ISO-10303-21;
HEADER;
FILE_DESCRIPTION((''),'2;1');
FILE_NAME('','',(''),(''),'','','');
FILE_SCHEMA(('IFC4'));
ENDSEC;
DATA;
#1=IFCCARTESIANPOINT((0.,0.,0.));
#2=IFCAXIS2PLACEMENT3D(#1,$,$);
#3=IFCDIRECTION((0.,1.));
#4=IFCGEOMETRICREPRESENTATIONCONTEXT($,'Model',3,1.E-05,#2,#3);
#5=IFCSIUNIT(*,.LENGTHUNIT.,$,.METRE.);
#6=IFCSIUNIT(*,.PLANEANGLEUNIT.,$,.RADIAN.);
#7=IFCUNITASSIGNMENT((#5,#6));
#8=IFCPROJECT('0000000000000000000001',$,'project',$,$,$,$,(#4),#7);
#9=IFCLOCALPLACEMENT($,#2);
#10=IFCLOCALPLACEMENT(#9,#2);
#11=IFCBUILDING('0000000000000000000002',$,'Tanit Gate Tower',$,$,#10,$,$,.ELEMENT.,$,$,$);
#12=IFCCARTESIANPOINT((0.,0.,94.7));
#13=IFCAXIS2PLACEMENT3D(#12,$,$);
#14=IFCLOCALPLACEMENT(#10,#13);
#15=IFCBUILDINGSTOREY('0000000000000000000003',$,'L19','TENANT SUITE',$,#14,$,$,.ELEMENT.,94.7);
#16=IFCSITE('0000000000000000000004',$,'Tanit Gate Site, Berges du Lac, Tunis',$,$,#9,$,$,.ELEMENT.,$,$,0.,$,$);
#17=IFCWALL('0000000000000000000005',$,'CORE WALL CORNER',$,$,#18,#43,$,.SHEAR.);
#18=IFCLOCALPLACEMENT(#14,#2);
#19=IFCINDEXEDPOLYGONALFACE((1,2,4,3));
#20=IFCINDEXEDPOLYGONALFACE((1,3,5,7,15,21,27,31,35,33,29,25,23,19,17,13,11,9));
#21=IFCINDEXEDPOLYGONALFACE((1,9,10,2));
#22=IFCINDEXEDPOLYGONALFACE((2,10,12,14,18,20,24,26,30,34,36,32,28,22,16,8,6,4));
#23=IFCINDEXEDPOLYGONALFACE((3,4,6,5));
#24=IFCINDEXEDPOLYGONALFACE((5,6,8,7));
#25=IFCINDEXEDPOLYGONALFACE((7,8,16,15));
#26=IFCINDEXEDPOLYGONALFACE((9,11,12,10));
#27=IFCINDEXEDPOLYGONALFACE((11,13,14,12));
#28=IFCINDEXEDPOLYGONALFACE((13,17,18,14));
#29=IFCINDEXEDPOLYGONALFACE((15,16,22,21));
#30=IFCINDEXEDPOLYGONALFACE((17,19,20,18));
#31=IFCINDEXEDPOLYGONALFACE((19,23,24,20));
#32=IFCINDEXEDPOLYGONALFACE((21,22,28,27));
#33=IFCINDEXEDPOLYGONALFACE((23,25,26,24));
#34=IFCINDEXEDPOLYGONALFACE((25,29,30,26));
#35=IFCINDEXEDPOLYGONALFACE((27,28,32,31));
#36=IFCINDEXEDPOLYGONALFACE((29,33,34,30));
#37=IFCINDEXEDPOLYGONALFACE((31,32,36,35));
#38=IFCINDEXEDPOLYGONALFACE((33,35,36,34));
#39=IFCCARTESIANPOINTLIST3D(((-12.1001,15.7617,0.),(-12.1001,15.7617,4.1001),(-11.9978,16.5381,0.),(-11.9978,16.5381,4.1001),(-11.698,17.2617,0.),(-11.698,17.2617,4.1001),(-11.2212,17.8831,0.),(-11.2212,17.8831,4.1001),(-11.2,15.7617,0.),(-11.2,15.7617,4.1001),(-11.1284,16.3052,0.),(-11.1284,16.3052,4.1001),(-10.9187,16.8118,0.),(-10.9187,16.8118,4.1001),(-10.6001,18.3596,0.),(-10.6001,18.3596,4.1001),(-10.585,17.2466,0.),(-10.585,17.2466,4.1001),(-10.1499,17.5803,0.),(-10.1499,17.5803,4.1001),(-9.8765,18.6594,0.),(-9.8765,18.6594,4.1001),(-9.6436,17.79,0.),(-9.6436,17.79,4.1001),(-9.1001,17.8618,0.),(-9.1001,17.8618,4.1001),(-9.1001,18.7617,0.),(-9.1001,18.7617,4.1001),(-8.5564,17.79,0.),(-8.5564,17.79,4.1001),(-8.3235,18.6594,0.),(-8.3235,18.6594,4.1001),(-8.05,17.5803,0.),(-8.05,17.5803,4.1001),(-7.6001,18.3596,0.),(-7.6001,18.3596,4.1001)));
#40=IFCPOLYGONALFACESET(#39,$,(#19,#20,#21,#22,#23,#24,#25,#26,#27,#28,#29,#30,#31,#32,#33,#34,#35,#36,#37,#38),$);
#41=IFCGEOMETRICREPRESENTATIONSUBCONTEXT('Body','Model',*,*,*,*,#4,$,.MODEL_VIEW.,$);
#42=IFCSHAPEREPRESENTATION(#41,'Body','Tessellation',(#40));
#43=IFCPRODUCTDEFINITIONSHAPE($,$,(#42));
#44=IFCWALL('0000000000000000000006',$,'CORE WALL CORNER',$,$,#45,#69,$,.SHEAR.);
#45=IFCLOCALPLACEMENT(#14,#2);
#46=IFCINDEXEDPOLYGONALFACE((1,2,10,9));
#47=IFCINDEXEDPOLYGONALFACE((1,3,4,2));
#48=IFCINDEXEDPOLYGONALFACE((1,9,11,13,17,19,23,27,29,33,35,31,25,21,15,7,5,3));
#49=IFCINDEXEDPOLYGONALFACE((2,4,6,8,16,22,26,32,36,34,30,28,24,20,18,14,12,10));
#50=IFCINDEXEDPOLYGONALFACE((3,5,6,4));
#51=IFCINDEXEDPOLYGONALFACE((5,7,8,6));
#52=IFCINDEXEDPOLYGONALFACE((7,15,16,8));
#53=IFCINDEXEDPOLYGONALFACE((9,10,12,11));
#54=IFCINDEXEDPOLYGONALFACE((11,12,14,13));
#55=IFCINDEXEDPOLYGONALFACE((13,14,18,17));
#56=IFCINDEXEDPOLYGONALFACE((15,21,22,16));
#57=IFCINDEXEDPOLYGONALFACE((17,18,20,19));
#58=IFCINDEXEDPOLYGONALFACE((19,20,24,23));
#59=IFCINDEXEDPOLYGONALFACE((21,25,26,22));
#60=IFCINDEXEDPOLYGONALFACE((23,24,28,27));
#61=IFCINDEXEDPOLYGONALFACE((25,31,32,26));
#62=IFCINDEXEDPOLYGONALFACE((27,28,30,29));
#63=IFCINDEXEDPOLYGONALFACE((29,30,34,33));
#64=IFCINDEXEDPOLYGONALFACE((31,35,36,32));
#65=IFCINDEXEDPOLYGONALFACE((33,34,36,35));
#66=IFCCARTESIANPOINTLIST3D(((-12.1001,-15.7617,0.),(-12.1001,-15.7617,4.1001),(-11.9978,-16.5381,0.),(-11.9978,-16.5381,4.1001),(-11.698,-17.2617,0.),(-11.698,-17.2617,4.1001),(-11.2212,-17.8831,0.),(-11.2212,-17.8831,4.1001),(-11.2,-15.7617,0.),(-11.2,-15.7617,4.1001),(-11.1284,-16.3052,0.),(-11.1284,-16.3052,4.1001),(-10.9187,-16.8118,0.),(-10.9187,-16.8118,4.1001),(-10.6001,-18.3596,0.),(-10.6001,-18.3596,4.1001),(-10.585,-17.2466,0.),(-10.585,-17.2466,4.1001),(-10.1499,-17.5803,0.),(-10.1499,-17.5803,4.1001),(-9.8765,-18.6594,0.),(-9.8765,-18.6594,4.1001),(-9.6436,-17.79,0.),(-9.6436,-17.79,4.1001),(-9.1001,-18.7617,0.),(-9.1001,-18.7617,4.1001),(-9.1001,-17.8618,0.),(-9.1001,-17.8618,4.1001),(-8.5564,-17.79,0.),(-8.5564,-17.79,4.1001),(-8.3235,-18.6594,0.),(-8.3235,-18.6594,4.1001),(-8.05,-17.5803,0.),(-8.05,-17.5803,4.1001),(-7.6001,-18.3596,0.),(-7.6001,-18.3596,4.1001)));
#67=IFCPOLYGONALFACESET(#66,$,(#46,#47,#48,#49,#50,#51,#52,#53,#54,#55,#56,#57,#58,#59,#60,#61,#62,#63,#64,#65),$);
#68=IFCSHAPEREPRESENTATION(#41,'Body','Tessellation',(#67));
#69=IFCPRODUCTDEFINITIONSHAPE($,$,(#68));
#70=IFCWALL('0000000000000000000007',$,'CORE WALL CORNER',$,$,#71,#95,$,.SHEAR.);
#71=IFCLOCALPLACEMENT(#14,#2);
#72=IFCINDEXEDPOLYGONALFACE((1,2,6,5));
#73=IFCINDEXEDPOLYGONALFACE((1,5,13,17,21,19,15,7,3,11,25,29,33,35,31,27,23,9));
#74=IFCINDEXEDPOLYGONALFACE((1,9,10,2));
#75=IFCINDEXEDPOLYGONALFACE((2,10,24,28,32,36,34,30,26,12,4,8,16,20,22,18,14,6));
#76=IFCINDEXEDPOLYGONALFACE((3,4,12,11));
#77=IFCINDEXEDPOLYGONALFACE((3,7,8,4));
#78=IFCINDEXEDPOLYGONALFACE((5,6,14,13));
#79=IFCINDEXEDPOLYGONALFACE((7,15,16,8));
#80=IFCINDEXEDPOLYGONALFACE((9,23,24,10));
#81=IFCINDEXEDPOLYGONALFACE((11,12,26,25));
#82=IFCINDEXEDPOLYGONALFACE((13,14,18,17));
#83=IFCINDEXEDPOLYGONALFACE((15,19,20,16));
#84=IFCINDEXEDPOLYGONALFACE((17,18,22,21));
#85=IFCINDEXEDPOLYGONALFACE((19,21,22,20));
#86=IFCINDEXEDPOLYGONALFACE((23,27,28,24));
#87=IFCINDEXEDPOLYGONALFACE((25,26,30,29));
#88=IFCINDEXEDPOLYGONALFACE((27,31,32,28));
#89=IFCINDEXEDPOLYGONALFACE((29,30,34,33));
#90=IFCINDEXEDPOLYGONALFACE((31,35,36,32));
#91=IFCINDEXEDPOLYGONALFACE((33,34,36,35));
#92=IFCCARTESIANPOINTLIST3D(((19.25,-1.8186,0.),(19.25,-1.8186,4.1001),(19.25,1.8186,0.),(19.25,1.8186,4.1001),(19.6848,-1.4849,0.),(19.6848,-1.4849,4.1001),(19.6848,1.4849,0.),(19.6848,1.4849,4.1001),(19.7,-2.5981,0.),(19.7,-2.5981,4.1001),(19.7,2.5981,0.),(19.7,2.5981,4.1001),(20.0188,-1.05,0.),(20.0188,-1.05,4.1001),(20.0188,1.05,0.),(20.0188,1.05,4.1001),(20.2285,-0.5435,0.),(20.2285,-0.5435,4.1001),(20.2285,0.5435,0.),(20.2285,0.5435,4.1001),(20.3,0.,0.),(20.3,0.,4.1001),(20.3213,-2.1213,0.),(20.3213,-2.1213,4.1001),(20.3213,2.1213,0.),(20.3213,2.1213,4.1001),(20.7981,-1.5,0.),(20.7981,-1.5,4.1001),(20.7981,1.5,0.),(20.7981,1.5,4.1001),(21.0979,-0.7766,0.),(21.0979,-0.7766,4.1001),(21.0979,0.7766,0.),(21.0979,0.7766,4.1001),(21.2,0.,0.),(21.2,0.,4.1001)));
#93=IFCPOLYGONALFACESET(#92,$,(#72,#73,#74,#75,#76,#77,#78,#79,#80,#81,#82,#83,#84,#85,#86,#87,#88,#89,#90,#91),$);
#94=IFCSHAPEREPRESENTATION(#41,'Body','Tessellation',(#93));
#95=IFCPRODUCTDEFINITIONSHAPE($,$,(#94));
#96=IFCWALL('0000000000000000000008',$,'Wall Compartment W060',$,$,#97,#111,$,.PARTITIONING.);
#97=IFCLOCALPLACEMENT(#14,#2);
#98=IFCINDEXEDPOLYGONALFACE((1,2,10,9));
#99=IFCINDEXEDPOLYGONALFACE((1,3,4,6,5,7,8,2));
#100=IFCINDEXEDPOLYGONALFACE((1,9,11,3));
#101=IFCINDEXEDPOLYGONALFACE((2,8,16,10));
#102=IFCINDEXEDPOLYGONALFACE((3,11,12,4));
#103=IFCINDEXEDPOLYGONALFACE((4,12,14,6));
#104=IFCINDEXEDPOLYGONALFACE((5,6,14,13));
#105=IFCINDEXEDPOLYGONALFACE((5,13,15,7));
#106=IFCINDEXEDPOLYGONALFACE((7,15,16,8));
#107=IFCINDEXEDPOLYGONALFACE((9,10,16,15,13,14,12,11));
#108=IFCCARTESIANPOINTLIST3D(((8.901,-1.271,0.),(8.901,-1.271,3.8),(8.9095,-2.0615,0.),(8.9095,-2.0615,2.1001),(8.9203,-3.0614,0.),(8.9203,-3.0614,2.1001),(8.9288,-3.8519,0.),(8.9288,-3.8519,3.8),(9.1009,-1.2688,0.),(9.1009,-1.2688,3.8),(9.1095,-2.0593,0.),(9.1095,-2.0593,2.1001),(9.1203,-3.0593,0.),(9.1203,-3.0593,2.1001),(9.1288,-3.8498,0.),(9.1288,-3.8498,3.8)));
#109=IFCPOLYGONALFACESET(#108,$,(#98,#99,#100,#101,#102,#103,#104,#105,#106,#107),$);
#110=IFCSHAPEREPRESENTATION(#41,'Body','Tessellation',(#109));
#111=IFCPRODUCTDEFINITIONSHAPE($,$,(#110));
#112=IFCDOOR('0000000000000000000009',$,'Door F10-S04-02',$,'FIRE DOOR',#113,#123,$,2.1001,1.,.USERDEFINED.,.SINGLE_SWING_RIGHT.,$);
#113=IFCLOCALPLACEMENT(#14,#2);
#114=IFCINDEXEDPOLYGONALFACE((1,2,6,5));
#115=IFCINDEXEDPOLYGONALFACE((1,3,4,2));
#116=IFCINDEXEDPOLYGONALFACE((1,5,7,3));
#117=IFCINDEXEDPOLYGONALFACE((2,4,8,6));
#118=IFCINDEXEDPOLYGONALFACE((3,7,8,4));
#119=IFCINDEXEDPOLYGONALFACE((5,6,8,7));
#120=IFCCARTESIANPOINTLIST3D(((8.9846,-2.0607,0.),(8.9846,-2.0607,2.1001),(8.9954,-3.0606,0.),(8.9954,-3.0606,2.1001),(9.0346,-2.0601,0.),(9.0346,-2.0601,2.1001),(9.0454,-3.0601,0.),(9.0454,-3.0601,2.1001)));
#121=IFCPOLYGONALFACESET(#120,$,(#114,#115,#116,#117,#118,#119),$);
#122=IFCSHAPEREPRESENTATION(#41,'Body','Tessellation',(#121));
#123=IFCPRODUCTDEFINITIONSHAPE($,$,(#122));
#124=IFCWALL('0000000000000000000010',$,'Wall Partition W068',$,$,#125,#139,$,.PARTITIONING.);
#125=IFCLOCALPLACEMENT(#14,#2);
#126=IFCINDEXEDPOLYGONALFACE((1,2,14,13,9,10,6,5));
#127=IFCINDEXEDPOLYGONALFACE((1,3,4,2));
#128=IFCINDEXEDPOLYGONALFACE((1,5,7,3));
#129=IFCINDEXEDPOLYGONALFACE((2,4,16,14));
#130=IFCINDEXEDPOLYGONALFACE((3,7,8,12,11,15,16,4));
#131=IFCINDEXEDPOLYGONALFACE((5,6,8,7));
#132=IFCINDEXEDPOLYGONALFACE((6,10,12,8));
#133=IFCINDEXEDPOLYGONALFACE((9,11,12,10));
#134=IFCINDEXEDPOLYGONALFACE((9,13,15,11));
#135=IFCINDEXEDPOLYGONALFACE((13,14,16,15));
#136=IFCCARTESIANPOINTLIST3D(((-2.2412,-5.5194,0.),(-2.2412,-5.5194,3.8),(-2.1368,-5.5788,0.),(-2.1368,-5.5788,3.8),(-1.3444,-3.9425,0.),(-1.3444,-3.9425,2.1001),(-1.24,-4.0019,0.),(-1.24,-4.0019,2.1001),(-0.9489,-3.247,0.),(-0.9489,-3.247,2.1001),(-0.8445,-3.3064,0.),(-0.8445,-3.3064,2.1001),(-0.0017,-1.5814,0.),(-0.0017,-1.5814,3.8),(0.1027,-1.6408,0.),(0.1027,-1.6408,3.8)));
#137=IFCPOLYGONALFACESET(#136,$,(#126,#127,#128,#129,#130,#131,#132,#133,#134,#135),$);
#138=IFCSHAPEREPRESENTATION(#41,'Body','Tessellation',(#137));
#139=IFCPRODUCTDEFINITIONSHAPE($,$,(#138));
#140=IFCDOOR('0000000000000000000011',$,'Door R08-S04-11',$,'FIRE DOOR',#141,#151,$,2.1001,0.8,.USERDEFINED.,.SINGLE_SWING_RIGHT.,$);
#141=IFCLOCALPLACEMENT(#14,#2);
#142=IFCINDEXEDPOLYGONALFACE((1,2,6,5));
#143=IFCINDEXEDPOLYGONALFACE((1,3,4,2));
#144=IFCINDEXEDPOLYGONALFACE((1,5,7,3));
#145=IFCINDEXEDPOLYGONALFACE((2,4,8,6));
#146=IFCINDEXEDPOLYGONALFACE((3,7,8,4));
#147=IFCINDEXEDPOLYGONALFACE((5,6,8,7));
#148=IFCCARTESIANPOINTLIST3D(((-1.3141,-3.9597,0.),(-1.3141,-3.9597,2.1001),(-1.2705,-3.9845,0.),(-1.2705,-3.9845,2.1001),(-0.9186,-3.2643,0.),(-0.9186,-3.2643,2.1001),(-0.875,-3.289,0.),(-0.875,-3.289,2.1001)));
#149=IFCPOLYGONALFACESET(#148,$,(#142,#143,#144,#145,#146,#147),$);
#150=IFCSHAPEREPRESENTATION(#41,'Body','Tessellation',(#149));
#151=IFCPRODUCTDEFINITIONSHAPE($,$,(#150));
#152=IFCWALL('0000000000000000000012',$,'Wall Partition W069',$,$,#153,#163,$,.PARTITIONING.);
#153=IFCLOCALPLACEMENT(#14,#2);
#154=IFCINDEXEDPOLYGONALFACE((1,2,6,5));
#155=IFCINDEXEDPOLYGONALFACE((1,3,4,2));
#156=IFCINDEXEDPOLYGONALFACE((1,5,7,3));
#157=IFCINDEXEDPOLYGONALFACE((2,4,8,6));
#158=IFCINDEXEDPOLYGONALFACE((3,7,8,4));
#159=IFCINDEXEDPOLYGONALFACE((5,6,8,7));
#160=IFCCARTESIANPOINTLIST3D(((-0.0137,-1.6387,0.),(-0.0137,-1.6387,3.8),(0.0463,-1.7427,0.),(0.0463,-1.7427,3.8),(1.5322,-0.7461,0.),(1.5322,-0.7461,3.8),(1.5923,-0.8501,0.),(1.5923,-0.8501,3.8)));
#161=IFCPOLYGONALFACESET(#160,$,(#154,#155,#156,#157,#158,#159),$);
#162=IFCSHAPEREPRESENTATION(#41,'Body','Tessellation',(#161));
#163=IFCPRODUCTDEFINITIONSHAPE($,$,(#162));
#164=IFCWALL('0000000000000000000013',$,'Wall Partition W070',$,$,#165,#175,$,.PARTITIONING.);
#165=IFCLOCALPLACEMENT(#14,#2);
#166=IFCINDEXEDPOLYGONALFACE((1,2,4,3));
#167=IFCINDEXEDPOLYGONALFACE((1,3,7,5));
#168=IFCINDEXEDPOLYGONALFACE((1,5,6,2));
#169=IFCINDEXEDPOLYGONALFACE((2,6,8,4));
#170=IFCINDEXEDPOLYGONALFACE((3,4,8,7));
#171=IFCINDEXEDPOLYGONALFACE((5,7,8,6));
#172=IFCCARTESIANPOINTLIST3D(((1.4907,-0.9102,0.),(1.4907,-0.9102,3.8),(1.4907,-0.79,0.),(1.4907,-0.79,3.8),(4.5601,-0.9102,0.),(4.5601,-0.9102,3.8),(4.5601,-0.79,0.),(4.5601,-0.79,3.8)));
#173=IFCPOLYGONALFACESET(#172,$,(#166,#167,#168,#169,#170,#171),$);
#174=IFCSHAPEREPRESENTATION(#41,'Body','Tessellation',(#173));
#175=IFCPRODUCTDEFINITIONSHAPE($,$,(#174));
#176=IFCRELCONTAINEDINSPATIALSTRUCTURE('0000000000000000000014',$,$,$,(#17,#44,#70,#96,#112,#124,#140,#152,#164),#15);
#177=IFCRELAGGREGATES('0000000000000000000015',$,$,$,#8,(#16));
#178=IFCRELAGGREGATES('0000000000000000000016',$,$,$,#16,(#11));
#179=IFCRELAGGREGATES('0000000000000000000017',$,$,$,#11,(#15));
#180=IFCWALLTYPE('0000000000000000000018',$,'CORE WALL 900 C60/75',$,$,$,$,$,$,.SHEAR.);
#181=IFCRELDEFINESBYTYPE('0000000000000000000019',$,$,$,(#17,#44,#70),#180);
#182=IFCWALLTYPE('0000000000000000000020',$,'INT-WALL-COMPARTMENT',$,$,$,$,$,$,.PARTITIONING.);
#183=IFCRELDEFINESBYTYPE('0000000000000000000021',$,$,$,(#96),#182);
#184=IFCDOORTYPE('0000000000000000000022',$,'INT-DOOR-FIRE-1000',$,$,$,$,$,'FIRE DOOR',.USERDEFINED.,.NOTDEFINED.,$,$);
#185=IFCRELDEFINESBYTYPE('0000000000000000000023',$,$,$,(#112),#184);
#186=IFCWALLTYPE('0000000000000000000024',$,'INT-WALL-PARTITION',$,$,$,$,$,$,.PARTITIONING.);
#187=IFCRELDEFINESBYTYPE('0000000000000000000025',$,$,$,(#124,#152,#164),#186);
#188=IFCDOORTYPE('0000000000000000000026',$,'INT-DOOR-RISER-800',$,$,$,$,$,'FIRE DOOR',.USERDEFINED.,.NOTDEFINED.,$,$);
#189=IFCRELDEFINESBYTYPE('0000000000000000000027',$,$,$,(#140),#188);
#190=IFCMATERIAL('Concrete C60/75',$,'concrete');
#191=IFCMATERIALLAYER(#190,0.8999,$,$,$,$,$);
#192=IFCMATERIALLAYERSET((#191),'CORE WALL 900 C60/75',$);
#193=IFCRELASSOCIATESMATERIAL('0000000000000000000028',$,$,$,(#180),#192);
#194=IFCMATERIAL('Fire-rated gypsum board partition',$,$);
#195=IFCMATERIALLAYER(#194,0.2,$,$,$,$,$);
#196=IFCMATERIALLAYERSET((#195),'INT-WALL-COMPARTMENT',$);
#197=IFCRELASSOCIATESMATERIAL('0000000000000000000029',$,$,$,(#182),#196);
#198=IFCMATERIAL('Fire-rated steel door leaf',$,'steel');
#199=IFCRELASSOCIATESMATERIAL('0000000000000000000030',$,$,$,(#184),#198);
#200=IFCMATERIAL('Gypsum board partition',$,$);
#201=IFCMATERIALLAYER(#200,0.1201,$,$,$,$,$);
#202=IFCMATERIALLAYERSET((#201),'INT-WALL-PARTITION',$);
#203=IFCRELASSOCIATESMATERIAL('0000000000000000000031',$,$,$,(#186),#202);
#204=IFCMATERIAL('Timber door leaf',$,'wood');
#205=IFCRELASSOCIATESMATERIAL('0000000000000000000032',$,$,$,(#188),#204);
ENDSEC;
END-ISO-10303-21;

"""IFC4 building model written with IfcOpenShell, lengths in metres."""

from ifc_helpers import new_model, si_unit, direction, frame, frame_2d, origin, place, context, subcontext, project, spatial, polyline, rectangle, outline, extrude, material, layer, layer_set, type_object, element, fill, save


model = new_model("IFC4")

# Units and contexts
model_context = context("Model", 3, precision=1e-05, world=origin(), true_north=direction((0.0, 1.0)))
body_context = subcontext(model_context, "Body", "Model", "MODEL_VIEW")
ifc_project = project(units=[si_unit("LENGTHUNIT", "METRE"), si_unit("PLANEANGLEUNIT", "RADIAN")], contexts=[model_context])

# Site, building, storey
site_placement = place(None, origin())
site = spatial("IfcSite", under=ifc_project, at=site_placement, Name="Tanit Gate Site, Berges du Lac, Tunis", CompositionType="ELEMENT", RefElevation=0.0)
building_placement = place(site_placement, origin())
building = spatial("IfcBuilding", under=site, at=building_placement, Name="Tanit Gate Tower", CompositionType="ELEMENT")
storey_placement = place(building_placement, frame((0.0, 0.0, 94.7)))
storey = spatial("IfcBuildingStorey", under=building, at=storey_placement, Name="L19", Description="TENANT SUITE", CompositionType="ELEMENT", Elevation=94.7)

# Walls
ifc_material_1 = material(Name="Concrete C60/75", Category="concrete")
ifc_layer_1 = layer(ifc_material_1, 0.8999)
ifc_layer_set_1 = layer_set([ifc_layer_1], Name="CORE WALL 900 C60/75")
wall_type_1 = type_object("IfcWallType", Name="CORE WALL 900 C60/75", PredefinedType="SHEAR", material=ifc_layer_set_1)
wall_1_placement = place(storey_placement, origin())
element("IfcWall", 1, at=wall_1_placement, inside=storey, type_object=wall_type_1, Name="CORE WALL CORNER", PredefinedType="SHEAR", context=body_context, shape_type="SweptSolid", body=[
    extrude(outline(polyline([(-7.6001, 18.3596), (-8.3235, 18.6594), (-9.1001, 18.7617), (-9.8765, 18.6594), (-10.6001, 18.3596), (-11.2212, 17.8831), (-11.698, 17.2617), (-11.9978, 16.5381), (-12.1001, 15.7617), (-11.2, 15.7617), (-11.1284, 16.3052), (-10.9187, 16.8118), (-10.585, 17.2466), (-10.1499, 17.5803), (-9.6436, 17.79), (-9.1001, 17.8618), (-8.5564, 17.79), (-8.05, 17.5803), (-7.6001, 18.3596)])), origin(), (0.0, 0.0, 1.0), 4.1001),
])
wall_2_placement = place(storey_placement, origin())
element("IfcWall", 2, at=wall_2_placement, inside=storey, type_object=wall_type_1, Name="CORE WALL CORNER", PredefinedType="SHEAR", context=body_context, shape_type="SweptSolid", body=[
    extrude(outline(polyline([(-12.1001, -15.7617), (-11.9978, -16.5381), (-11.698, -17.2617), (-11.2212, -17.8831), (-10.6001, -18.3596), (-9.8765, -18.6594), (-9.1001, -18.7617), (-8.3235, -18.6594), (-7.6001, -18.3596), (-8.05, -17.5803), (-8.5564, -17.79), (-9.1001, -17.8618), (-9.6436, -17.79), (-10.1499, -17.5803), (-10.585, -17.2466), (-10.9187, -16.8118), (-11.1284, -16.3052), (-11.2, -15.7617), (-12.1001, -15.7617)])), origin(), (0.0, 0.0, 1.0), 4.1001),
])
wall_3_placement = place(storey_placement, origin())
element("IfcWall", 3, at=wall_3_placement, inside=storey, type_object=wall_type_1, Name="CORE WALL CORNER", PredefinedType="SHEAR", context=body_context, shape_type="SweptSolid", body=[
    extrude(outline(polyline([(19.7, -2.5981), (20.3213, -2.1213), (20.7981, -1.5), (21.0979, -0.7766), (21.2, 0.0), (21.0979, 0.7766), (20.7981, 1.5), (20.3213, 2.1213), (19.7, 2.5981), (19.25, 1.8186), (19.6848, 1.4849), (20.0188, 1.05), (20.2285, 0.5435), (20.3, 0.0), (20.2285, -0.5435), (20.0188, -1.05), (19.6848, -1.4849), (19.25, -1.8186), (19.7, -2.5981)])), origin(), (0.0, 0.0, 1.0), 4.1001),
])

# Walls, openings, doors
ifc_material_2 = material(Name="Fire-rated gypsum board partition")
ifc_layer_2 = layer(ifc_material_2, 0.2)
ifc_layer_set_2 = layer_set([ifc_layer_2], Name="INT-WALL-COMPARTMENT")
wall_type_2 = type_object("IfcWallType", Name="INT-WALL-COMPARTMENT", PredefinedType="PARTITIONING", material=ifc_layer_set_2)
wall_4_placement = place(storey_placement, frame((9.0288, -3.8508, 0.0), z_axis=(0.0, 0.0, 1.0), x_axis=(-0.010784, 0.999942, 0.0)))
wall_4 = element("IfcWall", 4, at=wall_4_placement, inside=storey, type_object=wall_type_2, Name="Wall Compartment W060", PredefinedType="PARTITIONING", context=body_context, shape_type="SweptSolid", body=[
    extrude(rectangle(XDim=2.5811, YDim=0.2, at=frame_2d((1.2905, 0.0))), origin(), (0.0, 0.0, 1.0), 3.8),
])
opening_1_placement = place(wall_4_placement, frame((0.7905, 0.0, 0.0)))
opening_1 = element("IfcOpeningElement", 5, at=opening_1_placement, cuts=wall_4, PredefinedType="OPENING", context=body_context, shape_type="SweptSolid", body=[
    extrude(rectangle(XDim=1.0, YDim=2.1001, at=frame_2d((0.5, 1.05))), frame((0.0, 0.1099, 0.0), z_axis=(0.0, -1.0, 0.0), x_axis=(1.0, 0.0, 0.0)), (0.0, 0.0, 1.0), 0.22),
])
ifc_material_3 = material(Name="Fire-rated steel door leaf", Category="steel")
door_type_1 = type_object("IfcDoorType", Name="INT-DOOR-FIRE-1000", ElementType="FIRE DOOR", OperationType="NOTDEFINED", PredefinedType="USERDEFINED", material=ifc_material_3)
door_1_placement = place(opening_1_placement, origin())
door_1 = element("IfcDoor", 6, at=door_1_placement, inside=storey, type_object=door_type_1, Name="Door F10-S04-02", ObjectType="FIRE DOOR", OperationType="SINGLE_SWING_RIGHT", OverallHeight=2.1001, OverallWidth=1.0, PredefinedType="USERDEFINED", context=body_context, shape_type="SweptSolid", body=[
    extrude(rectangle(XDim=1.0, YDim=2.1001, at=frame_2d((0.5, 1.05))), frame((0.0, 0.0249, 0.0), z_axis=(0.0, -1.0, 0.0), x_axis=(1.0, 0.0, 0.0)), (0.0, 0.0, 1.0), 0.05),
])
fill(opening_1, door_1)
ifc_material_4 = material(Name="Gypsum board partition")
ifc_layer_3 = layer(ifc_material_4, 0.1201)
ifc_layer_set_3 = layer_set([ifc_layer_3], Name="INT-WALL-PARTITION")
wall_type_3 = type_object("IfcWallType", Name="INT-WALL-PARTITION", PredefinedType="PARTITIONING", material=ifc_layer_set_3)
wall_5_placement = place(storey_placement, frame((0.0505, -1.6111, 0.0), z_axis=(0.0, 0.0, 1.0), x_axis=(-0.494345, -0.869266, 0.0)))
wall_5 = element("IfcWall", 7, at=wall_5_placement, inside=storey, type_object=wall_type_3, Name="Wall Partition W068", PredefinedType="PARTITIONING", context=body_context, shape_type="SweptSolid", body=[
    extrude(rectangle(XDim=4.5303, YDim=0.1201, at=frame_2d((2.2651, 0.0))), origin(), (0.0, 0.0, 1.0), 3.8),
])
opening_2_placement = place(wall_5_placement, frame((1.9163, 0.0, 0.0)))
opening_2 = element("IfcOpeningElement", 8, at=opening_2_placement, cuts=wall_5, PredefinedType="OPENING", context=body_context, shape_type="SweptSolid", body=[
    extrude(rectangle(XDim=0.8, YDim=2.1001, at=frame_2d((0.3999, 1.05))), frame((0.0, 0.0701, 0.0), z_axis=(0.0, -1.0, 0.0), x_axis=(1.0, 0.0, 0.0)), (0.0, 0.0, 1.0), 0.1401),
])
ifc_material_5 = material(Name="Timber door leaf", Category="wood")
door_type_2 = type_object("IfcDoorType", Name="INT-DOOR-RISER-800", ElementType="FIRE DOOR", OperationType="NOTDEFINED", PredefinedType="USERDEFINED", material=ifc_material_5)
door_2_placement = place(opening_2_placement, origin())
door_2 = element("IfcDoor", 9, at=door_2_placement, inside=storey, type_object=door_type_2, Name="Door R08-S04-11", ObjectType="FIRE DOOR", OperationType="SINGLE_SWING_RIGHT", OverallHeight=2.1001, OverallWidth=0.8, PredefinedType="USERDEFINED", context=body_context, shape_type="SweptSolid", body=[
    extrude(rectangle(XDim=0.8, YDim=2.1001, at=frame_2d((0.3999, 1.05))), frame((0.0, 0.0249, 0.0), z_axis=(0.0, -1.0, 0.0), x_axis=(1.0, 0.0, 0.0)), (0.0, 0.0, 1.0), 0.05),
])
fill(opening_2, door_2)

# Walls
wall_6_placement = place(storey_placement, frame((1.5623, -0.7981, 0.0), z_axis=(0.0, 0.0, 1.0), x_axis=(-0.866012, -0.500022, 0.0)))
element("IfcWall", 10, at=wall_6_placement, inside=storey, type_object=wall_type_3, Name="Wall Partition W069", PredefinedType="PARTITIONING", context=body_context, shape_type="SweptSolid", body=[
    extrude(rectangle(XDim=1.7852, YDim=0.1201, at=frame_2d((0.8926, 0.0))), origin(), (0.0, 0.0, 1.0), 3.8),
])
wall_7_placement = place(storey_placement, frame((4.5601, -0.8501, 0.0), z_axis=(0.0, 0.0, 1.0), x_axis=(-1.0, 0.0, 0.0)))
element("IfcWall", 11, at=wall_7_placement, inside=storey, type_object=wall_type_3, Name="Wall Partition W070", PredefinedType="PARTITIONING", context=body_context, shape_type="SweptSolid", body=[
    extrude(rectangle(XDim=3.0693, YDim=0.1201, at=frame_2d((1.5347, 0.0))), origin(), (0.0, 0.0, 1.0), 3.8),
])

save(model, "model.ifc")
